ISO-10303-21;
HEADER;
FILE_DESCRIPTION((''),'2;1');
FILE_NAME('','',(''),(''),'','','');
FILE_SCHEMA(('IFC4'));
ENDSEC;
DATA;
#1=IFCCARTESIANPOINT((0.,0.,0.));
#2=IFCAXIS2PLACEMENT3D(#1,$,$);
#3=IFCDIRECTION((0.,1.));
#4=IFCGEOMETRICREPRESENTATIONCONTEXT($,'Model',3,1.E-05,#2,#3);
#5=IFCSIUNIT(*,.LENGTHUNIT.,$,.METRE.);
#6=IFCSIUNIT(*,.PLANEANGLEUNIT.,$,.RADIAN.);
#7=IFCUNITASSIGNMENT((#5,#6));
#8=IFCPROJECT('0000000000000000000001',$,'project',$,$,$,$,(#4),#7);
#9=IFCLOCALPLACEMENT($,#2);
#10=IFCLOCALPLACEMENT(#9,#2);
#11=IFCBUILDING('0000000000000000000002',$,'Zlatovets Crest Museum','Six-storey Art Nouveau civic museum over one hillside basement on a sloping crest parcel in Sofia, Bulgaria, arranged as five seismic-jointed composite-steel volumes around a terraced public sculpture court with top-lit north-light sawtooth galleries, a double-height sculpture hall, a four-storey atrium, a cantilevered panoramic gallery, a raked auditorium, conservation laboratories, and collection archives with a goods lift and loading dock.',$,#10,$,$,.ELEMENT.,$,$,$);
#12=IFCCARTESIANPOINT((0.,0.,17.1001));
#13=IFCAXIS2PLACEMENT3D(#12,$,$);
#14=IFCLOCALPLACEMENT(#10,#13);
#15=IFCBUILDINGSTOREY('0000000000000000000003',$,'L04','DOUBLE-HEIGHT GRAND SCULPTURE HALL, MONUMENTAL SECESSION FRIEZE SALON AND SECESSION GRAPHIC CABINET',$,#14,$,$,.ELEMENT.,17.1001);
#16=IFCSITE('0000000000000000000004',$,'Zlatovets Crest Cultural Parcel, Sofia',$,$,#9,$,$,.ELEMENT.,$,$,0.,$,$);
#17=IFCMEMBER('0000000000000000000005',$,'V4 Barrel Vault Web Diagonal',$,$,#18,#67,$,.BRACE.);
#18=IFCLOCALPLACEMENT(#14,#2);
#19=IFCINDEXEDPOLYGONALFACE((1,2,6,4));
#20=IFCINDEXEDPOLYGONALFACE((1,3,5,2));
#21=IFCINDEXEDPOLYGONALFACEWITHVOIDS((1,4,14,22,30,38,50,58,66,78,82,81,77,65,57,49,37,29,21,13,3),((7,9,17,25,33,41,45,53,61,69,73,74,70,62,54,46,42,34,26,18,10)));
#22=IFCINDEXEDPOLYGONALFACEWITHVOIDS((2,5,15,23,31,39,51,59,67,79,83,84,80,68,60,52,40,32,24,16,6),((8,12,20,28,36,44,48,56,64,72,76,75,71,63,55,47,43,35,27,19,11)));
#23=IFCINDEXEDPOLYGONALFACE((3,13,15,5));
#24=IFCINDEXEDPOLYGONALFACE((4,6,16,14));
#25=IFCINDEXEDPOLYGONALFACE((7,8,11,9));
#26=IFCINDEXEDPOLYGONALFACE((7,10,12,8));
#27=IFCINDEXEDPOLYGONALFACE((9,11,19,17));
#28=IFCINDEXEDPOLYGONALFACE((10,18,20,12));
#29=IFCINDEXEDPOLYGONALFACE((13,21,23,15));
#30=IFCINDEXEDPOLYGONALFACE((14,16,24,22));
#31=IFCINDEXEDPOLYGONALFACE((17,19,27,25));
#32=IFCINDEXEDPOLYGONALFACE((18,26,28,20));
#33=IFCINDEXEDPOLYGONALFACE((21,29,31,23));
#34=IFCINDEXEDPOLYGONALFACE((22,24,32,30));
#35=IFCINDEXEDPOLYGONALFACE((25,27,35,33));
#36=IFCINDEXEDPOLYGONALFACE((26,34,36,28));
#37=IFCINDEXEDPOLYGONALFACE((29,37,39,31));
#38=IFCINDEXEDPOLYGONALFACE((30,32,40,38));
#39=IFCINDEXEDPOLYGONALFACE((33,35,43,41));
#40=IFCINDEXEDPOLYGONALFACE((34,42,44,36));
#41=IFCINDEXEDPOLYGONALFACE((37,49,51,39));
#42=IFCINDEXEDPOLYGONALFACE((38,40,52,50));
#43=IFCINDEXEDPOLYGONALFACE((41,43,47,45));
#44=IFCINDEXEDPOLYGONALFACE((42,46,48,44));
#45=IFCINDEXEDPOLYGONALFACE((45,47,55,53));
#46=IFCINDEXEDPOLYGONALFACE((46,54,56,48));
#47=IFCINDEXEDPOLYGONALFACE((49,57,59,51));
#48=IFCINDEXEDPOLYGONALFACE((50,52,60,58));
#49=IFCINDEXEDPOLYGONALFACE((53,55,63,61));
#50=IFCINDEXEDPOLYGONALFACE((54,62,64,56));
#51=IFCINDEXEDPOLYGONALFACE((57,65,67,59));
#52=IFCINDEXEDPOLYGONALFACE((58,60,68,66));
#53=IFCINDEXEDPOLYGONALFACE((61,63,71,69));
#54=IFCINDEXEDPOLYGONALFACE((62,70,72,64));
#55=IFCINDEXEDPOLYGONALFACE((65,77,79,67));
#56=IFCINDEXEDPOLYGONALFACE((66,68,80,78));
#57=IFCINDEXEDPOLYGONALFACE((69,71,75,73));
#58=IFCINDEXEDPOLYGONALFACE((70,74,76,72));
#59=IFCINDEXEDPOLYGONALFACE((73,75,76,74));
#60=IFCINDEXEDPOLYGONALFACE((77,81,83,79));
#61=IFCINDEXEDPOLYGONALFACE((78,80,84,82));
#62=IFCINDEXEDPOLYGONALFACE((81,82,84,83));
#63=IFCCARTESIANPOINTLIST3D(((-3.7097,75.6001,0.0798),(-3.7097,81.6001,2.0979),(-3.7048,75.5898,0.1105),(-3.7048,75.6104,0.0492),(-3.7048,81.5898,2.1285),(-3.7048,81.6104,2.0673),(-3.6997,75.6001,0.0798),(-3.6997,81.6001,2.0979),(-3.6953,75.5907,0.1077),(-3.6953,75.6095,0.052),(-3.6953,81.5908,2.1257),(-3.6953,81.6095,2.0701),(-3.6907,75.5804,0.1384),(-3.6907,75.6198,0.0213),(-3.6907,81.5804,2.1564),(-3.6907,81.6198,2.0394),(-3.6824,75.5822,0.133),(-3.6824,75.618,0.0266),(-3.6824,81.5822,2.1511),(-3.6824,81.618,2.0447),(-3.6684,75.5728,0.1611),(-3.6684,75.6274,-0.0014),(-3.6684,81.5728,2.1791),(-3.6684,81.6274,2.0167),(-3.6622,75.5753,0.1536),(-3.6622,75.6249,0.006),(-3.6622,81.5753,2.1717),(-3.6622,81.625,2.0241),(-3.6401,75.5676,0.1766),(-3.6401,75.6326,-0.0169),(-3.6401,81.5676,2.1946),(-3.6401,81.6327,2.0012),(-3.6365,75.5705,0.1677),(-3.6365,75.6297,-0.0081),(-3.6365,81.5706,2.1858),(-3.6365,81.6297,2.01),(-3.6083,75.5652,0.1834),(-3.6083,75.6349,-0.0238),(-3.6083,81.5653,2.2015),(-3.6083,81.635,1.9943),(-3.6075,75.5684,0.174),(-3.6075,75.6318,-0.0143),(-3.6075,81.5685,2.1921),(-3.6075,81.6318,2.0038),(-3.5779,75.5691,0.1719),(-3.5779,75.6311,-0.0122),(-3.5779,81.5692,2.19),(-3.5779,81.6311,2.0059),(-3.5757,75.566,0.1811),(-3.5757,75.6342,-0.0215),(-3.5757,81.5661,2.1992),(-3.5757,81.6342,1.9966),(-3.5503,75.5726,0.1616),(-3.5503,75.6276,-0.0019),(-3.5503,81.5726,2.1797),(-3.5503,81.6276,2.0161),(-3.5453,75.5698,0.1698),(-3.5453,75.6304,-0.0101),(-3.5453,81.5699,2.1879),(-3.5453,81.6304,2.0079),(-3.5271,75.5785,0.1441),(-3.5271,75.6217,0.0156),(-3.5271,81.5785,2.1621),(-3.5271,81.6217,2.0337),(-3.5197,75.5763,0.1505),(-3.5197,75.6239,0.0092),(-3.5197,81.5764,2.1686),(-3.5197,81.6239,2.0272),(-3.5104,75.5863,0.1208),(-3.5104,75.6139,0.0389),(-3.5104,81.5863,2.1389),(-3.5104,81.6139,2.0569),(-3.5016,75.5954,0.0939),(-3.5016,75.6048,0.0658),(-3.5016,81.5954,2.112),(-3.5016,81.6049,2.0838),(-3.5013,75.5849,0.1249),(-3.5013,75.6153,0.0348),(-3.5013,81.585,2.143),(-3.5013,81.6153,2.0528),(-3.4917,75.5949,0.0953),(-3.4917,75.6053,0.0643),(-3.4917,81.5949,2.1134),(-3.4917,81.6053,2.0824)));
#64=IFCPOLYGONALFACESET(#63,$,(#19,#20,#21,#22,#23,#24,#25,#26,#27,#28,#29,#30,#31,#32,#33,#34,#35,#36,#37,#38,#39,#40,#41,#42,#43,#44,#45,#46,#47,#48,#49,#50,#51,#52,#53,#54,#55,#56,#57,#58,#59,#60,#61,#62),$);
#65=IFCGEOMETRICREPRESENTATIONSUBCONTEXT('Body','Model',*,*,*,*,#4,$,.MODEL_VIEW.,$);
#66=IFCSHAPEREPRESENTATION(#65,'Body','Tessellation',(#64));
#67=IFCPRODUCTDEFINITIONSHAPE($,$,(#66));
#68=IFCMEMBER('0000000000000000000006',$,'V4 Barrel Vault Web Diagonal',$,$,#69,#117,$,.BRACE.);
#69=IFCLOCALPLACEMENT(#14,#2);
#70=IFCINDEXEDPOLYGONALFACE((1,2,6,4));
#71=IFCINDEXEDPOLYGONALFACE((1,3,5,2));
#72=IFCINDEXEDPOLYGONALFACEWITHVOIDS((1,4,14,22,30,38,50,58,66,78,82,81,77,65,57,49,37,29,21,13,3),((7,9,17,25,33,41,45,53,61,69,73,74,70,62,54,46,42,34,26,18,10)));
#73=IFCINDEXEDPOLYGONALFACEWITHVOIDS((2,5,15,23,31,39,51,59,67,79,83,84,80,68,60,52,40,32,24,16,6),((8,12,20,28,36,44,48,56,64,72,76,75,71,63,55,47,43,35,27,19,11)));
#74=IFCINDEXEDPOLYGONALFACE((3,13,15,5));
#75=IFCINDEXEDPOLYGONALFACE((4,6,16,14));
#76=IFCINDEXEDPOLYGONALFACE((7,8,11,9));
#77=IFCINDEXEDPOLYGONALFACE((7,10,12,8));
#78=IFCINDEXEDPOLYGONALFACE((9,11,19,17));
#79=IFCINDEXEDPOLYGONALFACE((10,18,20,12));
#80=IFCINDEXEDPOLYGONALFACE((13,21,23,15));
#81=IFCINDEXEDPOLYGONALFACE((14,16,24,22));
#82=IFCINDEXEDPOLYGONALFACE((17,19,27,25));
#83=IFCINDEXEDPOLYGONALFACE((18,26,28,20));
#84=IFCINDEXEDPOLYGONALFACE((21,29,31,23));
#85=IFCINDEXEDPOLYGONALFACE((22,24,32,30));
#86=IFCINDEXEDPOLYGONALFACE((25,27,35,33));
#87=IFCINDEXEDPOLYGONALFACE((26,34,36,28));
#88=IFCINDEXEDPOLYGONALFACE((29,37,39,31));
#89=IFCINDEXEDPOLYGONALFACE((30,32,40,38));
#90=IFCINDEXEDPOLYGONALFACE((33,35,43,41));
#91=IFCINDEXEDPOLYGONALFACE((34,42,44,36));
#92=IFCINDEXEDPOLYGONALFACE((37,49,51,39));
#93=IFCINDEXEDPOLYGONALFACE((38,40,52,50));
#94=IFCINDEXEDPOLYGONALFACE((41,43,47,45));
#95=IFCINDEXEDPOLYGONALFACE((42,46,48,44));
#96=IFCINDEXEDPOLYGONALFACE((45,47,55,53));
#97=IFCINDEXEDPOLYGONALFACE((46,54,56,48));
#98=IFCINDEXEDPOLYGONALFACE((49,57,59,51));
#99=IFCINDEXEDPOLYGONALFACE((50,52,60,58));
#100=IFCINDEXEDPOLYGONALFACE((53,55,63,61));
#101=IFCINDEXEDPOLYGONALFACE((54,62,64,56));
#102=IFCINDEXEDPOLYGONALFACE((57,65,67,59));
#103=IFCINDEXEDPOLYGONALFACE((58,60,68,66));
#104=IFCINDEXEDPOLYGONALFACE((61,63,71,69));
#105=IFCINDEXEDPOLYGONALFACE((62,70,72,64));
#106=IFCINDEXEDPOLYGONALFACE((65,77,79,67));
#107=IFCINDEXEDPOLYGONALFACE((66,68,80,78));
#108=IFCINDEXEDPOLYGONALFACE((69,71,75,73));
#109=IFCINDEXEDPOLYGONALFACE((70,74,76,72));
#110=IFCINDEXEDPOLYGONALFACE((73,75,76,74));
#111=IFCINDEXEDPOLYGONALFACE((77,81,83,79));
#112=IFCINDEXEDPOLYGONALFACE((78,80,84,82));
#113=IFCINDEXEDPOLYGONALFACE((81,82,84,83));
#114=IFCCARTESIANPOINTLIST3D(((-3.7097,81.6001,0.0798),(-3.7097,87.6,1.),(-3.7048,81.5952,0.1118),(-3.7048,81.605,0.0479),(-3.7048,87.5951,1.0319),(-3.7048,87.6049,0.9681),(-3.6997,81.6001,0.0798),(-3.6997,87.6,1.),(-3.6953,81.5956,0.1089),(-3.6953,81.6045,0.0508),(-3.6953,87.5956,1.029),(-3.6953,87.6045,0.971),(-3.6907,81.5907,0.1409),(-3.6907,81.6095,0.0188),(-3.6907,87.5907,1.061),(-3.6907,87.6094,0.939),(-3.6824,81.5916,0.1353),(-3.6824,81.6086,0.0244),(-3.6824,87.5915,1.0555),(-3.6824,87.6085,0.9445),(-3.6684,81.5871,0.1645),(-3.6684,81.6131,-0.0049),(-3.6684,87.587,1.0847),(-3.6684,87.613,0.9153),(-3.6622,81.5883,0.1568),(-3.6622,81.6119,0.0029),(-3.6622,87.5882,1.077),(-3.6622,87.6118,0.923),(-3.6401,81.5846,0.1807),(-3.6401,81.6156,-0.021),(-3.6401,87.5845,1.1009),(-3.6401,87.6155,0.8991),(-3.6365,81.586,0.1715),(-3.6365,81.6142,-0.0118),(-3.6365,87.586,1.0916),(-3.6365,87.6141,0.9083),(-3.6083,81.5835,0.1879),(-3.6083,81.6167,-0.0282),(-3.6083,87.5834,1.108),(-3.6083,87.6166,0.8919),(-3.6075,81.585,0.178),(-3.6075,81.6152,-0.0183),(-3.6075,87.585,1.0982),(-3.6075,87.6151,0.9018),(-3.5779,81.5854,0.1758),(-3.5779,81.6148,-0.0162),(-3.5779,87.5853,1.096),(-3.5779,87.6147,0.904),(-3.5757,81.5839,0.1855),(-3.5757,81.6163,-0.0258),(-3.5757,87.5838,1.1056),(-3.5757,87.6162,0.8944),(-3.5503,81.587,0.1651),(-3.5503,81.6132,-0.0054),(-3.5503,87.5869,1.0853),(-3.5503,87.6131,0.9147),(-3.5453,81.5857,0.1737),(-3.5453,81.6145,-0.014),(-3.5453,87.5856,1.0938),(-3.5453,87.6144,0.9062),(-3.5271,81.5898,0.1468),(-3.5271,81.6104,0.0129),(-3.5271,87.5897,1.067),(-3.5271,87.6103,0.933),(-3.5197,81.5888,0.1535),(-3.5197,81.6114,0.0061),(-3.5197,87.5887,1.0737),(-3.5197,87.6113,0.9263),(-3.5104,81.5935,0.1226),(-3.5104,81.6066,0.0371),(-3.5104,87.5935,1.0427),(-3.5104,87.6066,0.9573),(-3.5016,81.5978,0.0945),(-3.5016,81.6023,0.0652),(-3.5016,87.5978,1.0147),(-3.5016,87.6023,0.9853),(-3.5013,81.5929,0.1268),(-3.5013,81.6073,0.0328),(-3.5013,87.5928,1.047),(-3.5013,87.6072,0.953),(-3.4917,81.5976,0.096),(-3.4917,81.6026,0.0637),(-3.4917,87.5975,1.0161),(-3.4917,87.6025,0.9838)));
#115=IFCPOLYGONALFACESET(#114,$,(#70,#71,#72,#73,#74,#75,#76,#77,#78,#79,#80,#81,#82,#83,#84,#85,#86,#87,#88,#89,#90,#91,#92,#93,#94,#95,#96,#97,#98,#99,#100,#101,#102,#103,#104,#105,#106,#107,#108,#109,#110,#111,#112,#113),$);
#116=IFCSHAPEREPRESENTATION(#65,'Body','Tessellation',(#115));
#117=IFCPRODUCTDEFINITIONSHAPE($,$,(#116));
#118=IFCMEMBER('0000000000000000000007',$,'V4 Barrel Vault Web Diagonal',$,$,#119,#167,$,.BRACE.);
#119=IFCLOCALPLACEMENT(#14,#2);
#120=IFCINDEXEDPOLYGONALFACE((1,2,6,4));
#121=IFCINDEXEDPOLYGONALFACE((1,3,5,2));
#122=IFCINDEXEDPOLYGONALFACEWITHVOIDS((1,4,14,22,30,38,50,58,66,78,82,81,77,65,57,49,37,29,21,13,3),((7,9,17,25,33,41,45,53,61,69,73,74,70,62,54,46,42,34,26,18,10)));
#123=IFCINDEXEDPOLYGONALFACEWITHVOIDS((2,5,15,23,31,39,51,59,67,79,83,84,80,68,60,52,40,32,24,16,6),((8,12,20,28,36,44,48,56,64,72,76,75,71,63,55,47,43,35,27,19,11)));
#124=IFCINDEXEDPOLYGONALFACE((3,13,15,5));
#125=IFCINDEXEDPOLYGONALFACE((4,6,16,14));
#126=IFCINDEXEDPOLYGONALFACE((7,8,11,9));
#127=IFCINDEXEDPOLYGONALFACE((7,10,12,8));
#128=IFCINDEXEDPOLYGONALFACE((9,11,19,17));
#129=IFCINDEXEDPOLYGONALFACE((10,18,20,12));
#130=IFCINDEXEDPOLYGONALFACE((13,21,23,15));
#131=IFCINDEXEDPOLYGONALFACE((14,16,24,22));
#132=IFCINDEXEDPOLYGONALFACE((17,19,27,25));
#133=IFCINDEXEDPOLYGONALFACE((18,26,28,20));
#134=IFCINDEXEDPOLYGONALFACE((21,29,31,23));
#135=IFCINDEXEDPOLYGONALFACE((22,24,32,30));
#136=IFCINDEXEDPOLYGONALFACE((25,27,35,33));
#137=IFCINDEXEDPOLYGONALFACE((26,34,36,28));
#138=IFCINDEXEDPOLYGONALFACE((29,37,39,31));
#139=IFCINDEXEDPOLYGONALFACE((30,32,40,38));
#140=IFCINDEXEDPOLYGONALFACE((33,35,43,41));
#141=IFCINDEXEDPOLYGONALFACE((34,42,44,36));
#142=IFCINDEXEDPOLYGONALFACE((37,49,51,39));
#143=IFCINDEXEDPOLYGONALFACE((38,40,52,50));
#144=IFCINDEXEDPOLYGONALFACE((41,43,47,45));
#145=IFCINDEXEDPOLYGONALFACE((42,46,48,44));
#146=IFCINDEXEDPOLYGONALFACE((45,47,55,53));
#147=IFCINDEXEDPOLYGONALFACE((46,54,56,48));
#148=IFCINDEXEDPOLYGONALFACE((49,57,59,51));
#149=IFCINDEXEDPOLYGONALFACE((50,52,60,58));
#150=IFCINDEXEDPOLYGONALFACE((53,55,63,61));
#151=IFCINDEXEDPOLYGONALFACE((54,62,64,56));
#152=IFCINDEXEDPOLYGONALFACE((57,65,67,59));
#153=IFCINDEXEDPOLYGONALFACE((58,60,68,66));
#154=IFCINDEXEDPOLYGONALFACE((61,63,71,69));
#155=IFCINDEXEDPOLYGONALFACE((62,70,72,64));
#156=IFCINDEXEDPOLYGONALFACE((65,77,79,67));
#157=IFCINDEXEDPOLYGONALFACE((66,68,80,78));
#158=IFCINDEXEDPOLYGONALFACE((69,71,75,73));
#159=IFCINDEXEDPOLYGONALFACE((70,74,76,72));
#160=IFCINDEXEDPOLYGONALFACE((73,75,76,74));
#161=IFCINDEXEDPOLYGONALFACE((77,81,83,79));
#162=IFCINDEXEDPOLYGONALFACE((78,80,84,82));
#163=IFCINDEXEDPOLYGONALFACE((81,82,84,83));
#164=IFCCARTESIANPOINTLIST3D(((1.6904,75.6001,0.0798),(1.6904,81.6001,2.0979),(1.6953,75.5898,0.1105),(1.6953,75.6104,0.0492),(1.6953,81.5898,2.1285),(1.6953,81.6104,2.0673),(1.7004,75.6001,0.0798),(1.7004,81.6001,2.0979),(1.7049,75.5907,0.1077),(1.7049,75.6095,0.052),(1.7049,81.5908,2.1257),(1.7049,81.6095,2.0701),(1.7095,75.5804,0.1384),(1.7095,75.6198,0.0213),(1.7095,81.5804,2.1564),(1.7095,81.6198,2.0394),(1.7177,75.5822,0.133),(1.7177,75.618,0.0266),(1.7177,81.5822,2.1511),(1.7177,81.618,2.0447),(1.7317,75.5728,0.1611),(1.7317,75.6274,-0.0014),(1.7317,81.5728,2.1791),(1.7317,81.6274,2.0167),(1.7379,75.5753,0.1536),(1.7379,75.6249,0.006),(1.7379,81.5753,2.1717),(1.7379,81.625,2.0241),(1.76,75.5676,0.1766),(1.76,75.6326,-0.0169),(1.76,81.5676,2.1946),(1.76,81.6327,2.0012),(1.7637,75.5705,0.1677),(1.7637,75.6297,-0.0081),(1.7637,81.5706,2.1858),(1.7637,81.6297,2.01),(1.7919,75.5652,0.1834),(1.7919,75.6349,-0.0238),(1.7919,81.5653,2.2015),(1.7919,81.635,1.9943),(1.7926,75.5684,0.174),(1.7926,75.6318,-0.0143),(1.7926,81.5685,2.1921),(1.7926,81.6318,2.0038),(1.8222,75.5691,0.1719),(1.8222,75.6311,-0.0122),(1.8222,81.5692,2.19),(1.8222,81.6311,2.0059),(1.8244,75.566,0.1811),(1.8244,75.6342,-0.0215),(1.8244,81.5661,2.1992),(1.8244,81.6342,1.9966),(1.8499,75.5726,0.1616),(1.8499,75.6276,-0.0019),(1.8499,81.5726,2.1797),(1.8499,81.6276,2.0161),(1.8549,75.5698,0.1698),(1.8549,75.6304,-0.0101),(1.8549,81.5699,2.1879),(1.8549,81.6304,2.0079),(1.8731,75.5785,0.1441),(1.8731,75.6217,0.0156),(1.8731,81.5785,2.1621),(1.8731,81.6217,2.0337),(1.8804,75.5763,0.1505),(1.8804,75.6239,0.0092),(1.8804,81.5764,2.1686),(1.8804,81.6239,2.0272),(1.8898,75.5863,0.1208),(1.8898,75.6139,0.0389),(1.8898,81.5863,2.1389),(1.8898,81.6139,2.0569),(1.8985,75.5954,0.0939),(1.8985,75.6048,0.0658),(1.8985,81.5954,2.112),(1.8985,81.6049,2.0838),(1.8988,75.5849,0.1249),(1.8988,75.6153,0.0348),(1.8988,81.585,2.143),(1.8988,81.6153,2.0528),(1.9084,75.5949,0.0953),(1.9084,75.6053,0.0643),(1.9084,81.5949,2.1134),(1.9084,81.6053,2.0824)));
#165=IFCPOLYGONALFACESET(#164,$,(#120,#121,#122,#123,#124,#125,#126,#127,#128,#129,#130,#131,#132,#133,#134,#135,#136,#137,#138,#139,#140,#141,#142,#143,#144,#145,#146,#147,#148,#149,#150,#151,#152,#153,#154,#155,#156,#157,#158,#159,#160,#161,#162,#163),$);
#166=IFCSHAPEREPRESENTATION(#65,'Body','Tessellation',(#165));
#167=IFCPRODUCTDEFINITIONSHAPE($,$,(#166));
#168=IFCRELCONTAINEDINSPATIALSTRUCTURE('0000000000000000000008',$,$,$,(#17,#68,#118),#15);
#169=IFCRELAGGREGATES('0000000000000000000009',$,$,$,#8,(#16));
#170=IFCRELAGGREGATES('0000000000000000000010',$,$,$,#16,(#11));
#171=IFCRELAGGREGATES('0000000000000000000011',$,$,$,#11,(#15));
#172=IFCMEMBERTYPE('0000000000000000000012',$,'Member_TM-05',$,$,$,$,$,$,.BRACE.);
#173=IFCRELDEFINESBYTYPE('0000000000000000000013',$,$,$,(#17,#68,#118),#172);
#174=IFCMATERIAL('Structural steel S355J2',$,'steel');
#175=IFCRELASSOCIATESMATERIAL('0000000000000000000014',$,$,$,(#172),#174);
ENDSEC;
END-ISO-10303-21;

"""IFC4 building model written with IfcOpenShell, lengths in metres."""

from ifc_helpers import new_model, si_unit, direction, frame, origin, origin_2d, place, context, subcontext, project, spatial, hollow_circle, extrude, material, material_profile, profile_set, type_object, element, save


model = new_model("IFC4")

# Units and contexts
model_context = context("Model", 3, precision=1e-05, world=origin(), true_north=direction((0.0, 1.0)))
body_context = subcontext(model_context, "Body", "Model", "MODEL_VIEW")
ifc_project = project(units=[si_unit("LENGTHUNIT", "METRE"), si_unit("PLANEANGLEUNIT", "RADIAN")], contexts=[model_context])

# Site, building, storey
site_placement = place(None, origin())
site = spatial("IfcSite", under=ifc_project, at=site_placement, Name="Zlatovets Crest Cultural Parcel, Sofia", CompositionType="ELEMENT", RefElevation=0.0)
building_placement = place(site_placement, origin())
building = spatial("IfcBuilding", under=site, at=building_placement, Name="Zlatovets Crest Museum", Description="Six-storey Art Nouveau civic museum over one hillside basement on a sloping crest parcel in Sofia, Bulgaria, arranged as five seismic-jointed composite-steel volumes around a terraced public sculpture court with top-lit north-light sawtooth galleries, a double-height sculpture hall, a four-storey atrium, a cantilevered panoramic gallery, a raked auditorium, conservation laboratories, and collection archives with a goods lift and loading dock.", CompositionType="ELEMENT")
storey_placement = place(building_placement, frame((0.0, 0.0, 17.1001)))
storey = spatial("IfcBuildingStorey", under=building, at=storey_placement, Name="L04", Description="DOUBLE-HEIGHT GRAND SCULPTURE HALL, MONUMENTAL SECESSION FRIEZE SALON AND SECESSION GRAPHIC CABINET", CompositionType="ELEMENT", Elevation=17.1001)

# Shared definitions
ifc_material_1 = material(Name="Structural steel S355J2", Category="steel")

# Members
ifc_material_profile_1 = material_profile(ifc_material_1, hollow_circle(Radius=0.1096, WallThickness=0.01, at=origin_2d()), Name="CHS 219.1x10.0")
ifc_profile_set_1 = profile_set([ifc_material_profile_1], Name="Structural steel S355J2")
member_type_1 = type_object("IfcMemberType", Name="Member_TM-05", PredefinedType="BRACE", material=ifc_profile_set_1)
member_1_placement = place(storey_placement, frame((-3.6001, 75.6001, 0.0798), z_axis=(0.0, 0.947824, 0.318795), x_axis=(-1.0, 0.0, 0.0)))
element("IfcMember", 1, at=member_1_placement, inside=storey, type_object=member_type_1, Name="V4 Barrel Vault Web Diagonal", PredefinedType="BRACE", context=body_context, shape_type="SweptSolid", body=[
    extrude(hollow_circle(Radius=0.1096, WallThickness=0.01, at=origin_2d()), origin(), (0.0, 0.0, 1.0), 6.3303),
])
member_2_placement = place(storey_placement, frame((-3.6001, 81.6001, 0.0798), z_axis=(0.0, 0.988444, 0.151589), x_axis=(-1.0, 0.0, 0.0)))
element("IfcMember", 2, at=member_2_placement, inside=storey, type_object=member_type_1, Name="V4 Barrel Vault Web Diagonal", PredefinedType="BRACE", context=body_context, shape_type="SweptSolid", body=[
    extrude(hollow_circle(Radius=0.1096, WallThickness=0.01, at=origin_2d()), origin(), (0.0, 0.0, 1.0), 6.0701),
])
member_3_placement = place(storey_placement, frame((1.8, 75.6001, 0.0798), z_axis=(0.0, 0.947824, 0.318795), x_axis=(-1.0, 0.0, 0.0)))
element("IfcMember", 3, at=member_3_placement, inside=storey, type_object=member_type_1, Name="V4 Barrel Vault Web Diagonal", PredefinedType="BRACE", context=body_context, shape_type="SweptSolid", body=[
    extrude(hollow_circle(Radius=0.1096, WallThickness=0.01, at=origin_2d()), origin(), (0.0, 0.0, 1.0), 6.3303),
])

save(model, "model.ifc")
